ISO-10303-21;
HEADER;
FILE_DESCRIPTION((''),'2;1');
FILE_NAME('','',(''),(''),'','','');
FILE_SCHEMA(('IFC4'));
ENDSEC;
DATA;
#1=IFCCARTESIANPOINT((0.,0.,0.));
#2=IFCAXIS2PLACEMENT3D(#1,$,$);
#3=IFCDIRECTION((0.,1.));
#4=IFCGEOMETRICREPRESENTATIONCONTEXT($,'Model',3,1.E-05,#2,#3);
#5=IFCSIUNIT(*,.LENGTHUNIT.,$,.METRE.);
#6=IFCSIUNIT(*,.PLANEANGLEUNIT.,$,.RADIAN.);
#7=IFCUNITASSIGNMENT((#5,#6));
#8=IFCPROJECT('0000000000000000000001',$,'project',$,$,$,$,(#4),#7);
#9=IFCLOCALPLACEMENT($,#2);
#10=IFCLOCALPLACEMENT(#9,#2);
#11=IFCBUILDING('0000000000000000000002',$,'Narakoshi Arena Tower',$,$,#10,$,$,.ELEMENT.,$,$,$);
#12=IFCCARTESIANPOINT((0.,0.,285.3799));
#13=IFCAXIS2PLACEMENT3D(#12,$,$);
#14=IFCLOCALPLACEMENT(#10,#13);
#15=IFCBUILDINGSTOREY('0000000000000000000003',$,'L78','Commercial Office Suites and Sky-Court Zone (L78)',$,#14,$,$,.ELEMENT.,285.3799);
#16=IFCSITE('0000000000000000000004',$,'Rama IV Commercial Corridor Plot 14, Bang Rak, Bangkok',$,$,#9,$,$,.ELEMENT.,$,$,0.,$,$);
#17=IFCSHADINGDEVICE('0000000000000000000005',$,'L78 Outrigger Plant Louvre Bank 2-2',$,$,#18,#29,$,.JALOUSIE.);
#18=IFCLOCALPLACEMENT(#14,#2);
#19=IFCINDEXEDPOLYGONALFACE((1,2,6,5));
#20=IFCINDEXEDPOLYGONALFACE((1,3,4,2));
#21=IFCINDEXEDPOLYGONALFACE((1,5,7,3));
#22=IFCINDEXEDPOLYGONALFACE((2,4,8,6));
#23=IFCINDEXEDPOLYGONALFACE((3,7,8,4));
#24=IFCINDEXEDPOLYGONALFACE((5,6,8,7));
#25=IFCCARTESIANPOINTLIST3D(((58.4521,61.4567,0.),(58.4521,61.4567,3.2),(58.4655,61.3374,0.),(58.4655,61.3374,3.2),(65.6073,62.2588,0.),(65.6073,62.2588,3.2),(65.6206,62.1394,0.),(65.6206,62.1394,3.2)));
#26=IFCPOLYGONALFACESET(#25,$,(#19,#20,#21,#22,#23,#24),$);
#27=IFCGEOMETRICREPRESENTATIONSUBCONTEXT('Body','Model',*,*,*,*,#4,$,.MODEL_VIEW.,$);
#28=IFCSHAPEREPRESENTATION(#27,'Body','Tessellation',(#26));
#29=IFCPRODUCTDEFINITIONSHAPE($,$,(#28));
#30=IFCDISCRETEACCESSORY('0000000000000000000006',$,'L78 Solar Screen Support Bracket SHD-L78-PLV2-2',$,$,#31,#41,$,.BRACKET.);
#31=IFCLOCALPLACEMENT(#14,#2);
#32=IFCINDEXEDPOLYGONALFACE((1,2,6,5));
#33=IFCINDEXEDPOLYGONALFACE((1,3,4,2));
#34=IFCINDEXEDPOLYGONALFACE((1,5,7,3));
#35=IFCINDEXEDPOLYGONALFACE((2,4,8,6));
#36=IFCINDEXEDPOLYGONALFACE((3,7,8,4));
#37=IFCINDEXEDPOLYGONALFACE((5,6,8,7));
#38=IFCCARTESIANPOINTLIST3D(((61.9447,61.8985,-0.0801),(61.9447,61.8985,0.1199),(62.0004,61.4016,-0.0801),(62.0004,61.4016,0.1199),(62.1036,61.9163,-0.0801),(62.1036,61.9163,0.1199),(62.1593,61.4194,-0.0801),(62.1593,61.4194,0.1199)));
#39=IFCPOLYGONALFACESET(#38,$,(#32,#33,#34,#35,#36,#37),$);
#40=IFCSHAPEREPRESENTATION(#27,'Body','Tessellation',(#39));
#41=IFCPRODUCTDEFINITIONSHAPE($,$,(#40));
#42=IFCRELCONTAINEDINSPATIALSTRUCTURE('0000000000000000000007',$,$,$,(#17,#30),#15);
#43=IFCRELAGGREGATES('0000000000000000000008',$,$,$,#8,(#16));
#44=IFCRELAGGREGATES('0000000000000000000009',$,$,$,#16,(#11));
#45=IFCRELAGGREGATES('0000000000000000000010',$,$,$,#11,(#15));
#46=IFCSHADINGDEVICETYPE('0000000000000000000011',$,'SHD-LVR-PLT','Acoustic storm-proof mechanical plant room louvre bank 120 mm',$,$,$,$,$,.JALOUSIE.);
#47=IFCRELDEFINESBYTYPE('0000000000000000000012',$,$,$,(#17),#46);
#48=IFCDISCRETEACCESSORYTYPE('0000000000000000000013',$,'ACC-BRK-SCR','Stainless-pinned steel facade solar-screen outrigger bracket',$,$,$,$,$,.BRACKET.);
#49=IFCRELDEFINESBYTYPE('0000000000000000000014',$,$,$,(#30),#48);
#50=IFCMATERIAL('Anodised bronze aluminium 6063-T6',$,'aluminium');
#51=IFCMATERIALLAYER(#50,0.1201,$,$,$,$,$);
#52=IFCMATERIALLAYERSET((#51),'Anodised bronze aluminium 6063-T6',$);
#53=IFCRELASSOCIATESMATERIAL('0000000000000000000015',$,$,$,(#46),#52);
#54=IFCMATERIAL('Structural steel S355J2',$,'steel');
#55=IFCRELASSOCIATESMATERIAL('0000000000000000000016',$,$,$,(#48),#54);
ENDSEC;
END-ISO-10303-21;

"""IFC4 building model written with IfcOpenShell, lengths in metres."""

from ifc_helpers import new_model, si_unit, direction, frame, origin, origin_2d, place, context, subcontext, project, spatial, rectangle, extrude, material, layer, layer_set, type_object, element, save


model = new_model("IFC4")

# Units and contexts
model_context = context("Model", 3, precision=1e-05, world=origin(), true_north=direction((0.0, 1.0)))
body_context = subcontext(model_context, "Body", "Model", "MODEL_VIEW")
ifc_project = project(units=[si_unit("LENGTHUNIT", "METRE"), si_unit("PLANEANGLEUNIT", "RADIAN")], contexts=[model_context])

# Site, building, storey
site_placement = place(None, origin())
site = spatial("IfcSite", under=ifc_project, at=site_placement, Name="Rama IV Commercial Corridor Plot 14, Bang Rak, Bangkok", CompositionType="ELEMENT", RefElevation=0.0)
building_placement = place(site_placement, origin())
building = spatial("IfcBuilding", under=site, at=building_placement, Name="Narakoshi Arena Tower", CompositionType="ELEMENT")
storey_placement = place(building_placement, frame((0.0, 0.0, 285.3799)))
storey = spatial("IfcBuildingStorey", under=building, at=storey_placement, Name="L78", Description="Commercial Office Suites and Sky-Court Zone (L78)", CompositionType="ELEMENT", Elevation=285.3799)

# Shared definitions
ifc_material_1 = material(Name="Structural steel S355J2", Category="steel")

# Shared definitions
ifc_material_2 = material(Name="Anodised bronze aluminium 6063-T6", Category="aluminium")

# Shading device
ifc_layer_1 = layer(ifc_material_2, 0.1201)
ifc_layer_set_1 = layer_set([ifc_layer_1], Name="Anodised bronze aluminium 6063-T6")
shading_device_type = type_object("IfcShadingDeviceType", Name="SHD-LVR-PLT", Description="Acoustic storm-proof mechanical plant room louvre bank 120 mm", PredefinedType="JALOUSIE", material=ifc_layer_set_1)
shading_device_placement = place(storey_placement, frame((62.0364, 61.7981, 0.0), z_axis=(0.0, 0.0, 1.0), x_axis=(-0.993776, -0.1114, 0.0)))
element("IfcShadingDevice", 1, at=shading_device_placement, inside=storey, type_object=shading_device_type, Name="L78 Outrigger Plant Louvre Bank 2-2", PredefinedType="JALOUSIE", context=body_context, shape_type="SweptSolid", body=[
    extrude(rectangle(XDim=7.2, YDim=0.1201, at=origin_2d()), origin(), (0.0, 0.0, 1.0), 3.2),
])

# Discrete accessory
discrete_accessory_type = type_object("IfcDiscreteAccessoryType", Name="ACC-BRK-SCR", Description="Stainless-pinned steel facade solar-screen outrigger bracket", PredefinedType="BRACKET", material=ifc_material_1)
discrete_accessory_placement = place(storey_placement, frame((62.052, 61.6589, -0.0801), z_axis=(0.0, 0.0, 1.0), x_axis=(-0.993776, -0.1114, 0.0)))
element("IfcDiscreteAccessory", 2, at=discrete_accessory_placement, inside=storey, type_object=discrete_accessory_type, Name="L78 Solar Screen Support Bracket SHD-L78-PLV2-2", PredefinedType="BRACKET", context=body_context, shape_type="SweptSolid", body=[
    extrude(rectangle(XDim=0.1599, YDim=0.5, at=origin_2d()), origin(), (0.0, 0.0, 1.0), 0.2),
])

save(model, "model.ifc")
